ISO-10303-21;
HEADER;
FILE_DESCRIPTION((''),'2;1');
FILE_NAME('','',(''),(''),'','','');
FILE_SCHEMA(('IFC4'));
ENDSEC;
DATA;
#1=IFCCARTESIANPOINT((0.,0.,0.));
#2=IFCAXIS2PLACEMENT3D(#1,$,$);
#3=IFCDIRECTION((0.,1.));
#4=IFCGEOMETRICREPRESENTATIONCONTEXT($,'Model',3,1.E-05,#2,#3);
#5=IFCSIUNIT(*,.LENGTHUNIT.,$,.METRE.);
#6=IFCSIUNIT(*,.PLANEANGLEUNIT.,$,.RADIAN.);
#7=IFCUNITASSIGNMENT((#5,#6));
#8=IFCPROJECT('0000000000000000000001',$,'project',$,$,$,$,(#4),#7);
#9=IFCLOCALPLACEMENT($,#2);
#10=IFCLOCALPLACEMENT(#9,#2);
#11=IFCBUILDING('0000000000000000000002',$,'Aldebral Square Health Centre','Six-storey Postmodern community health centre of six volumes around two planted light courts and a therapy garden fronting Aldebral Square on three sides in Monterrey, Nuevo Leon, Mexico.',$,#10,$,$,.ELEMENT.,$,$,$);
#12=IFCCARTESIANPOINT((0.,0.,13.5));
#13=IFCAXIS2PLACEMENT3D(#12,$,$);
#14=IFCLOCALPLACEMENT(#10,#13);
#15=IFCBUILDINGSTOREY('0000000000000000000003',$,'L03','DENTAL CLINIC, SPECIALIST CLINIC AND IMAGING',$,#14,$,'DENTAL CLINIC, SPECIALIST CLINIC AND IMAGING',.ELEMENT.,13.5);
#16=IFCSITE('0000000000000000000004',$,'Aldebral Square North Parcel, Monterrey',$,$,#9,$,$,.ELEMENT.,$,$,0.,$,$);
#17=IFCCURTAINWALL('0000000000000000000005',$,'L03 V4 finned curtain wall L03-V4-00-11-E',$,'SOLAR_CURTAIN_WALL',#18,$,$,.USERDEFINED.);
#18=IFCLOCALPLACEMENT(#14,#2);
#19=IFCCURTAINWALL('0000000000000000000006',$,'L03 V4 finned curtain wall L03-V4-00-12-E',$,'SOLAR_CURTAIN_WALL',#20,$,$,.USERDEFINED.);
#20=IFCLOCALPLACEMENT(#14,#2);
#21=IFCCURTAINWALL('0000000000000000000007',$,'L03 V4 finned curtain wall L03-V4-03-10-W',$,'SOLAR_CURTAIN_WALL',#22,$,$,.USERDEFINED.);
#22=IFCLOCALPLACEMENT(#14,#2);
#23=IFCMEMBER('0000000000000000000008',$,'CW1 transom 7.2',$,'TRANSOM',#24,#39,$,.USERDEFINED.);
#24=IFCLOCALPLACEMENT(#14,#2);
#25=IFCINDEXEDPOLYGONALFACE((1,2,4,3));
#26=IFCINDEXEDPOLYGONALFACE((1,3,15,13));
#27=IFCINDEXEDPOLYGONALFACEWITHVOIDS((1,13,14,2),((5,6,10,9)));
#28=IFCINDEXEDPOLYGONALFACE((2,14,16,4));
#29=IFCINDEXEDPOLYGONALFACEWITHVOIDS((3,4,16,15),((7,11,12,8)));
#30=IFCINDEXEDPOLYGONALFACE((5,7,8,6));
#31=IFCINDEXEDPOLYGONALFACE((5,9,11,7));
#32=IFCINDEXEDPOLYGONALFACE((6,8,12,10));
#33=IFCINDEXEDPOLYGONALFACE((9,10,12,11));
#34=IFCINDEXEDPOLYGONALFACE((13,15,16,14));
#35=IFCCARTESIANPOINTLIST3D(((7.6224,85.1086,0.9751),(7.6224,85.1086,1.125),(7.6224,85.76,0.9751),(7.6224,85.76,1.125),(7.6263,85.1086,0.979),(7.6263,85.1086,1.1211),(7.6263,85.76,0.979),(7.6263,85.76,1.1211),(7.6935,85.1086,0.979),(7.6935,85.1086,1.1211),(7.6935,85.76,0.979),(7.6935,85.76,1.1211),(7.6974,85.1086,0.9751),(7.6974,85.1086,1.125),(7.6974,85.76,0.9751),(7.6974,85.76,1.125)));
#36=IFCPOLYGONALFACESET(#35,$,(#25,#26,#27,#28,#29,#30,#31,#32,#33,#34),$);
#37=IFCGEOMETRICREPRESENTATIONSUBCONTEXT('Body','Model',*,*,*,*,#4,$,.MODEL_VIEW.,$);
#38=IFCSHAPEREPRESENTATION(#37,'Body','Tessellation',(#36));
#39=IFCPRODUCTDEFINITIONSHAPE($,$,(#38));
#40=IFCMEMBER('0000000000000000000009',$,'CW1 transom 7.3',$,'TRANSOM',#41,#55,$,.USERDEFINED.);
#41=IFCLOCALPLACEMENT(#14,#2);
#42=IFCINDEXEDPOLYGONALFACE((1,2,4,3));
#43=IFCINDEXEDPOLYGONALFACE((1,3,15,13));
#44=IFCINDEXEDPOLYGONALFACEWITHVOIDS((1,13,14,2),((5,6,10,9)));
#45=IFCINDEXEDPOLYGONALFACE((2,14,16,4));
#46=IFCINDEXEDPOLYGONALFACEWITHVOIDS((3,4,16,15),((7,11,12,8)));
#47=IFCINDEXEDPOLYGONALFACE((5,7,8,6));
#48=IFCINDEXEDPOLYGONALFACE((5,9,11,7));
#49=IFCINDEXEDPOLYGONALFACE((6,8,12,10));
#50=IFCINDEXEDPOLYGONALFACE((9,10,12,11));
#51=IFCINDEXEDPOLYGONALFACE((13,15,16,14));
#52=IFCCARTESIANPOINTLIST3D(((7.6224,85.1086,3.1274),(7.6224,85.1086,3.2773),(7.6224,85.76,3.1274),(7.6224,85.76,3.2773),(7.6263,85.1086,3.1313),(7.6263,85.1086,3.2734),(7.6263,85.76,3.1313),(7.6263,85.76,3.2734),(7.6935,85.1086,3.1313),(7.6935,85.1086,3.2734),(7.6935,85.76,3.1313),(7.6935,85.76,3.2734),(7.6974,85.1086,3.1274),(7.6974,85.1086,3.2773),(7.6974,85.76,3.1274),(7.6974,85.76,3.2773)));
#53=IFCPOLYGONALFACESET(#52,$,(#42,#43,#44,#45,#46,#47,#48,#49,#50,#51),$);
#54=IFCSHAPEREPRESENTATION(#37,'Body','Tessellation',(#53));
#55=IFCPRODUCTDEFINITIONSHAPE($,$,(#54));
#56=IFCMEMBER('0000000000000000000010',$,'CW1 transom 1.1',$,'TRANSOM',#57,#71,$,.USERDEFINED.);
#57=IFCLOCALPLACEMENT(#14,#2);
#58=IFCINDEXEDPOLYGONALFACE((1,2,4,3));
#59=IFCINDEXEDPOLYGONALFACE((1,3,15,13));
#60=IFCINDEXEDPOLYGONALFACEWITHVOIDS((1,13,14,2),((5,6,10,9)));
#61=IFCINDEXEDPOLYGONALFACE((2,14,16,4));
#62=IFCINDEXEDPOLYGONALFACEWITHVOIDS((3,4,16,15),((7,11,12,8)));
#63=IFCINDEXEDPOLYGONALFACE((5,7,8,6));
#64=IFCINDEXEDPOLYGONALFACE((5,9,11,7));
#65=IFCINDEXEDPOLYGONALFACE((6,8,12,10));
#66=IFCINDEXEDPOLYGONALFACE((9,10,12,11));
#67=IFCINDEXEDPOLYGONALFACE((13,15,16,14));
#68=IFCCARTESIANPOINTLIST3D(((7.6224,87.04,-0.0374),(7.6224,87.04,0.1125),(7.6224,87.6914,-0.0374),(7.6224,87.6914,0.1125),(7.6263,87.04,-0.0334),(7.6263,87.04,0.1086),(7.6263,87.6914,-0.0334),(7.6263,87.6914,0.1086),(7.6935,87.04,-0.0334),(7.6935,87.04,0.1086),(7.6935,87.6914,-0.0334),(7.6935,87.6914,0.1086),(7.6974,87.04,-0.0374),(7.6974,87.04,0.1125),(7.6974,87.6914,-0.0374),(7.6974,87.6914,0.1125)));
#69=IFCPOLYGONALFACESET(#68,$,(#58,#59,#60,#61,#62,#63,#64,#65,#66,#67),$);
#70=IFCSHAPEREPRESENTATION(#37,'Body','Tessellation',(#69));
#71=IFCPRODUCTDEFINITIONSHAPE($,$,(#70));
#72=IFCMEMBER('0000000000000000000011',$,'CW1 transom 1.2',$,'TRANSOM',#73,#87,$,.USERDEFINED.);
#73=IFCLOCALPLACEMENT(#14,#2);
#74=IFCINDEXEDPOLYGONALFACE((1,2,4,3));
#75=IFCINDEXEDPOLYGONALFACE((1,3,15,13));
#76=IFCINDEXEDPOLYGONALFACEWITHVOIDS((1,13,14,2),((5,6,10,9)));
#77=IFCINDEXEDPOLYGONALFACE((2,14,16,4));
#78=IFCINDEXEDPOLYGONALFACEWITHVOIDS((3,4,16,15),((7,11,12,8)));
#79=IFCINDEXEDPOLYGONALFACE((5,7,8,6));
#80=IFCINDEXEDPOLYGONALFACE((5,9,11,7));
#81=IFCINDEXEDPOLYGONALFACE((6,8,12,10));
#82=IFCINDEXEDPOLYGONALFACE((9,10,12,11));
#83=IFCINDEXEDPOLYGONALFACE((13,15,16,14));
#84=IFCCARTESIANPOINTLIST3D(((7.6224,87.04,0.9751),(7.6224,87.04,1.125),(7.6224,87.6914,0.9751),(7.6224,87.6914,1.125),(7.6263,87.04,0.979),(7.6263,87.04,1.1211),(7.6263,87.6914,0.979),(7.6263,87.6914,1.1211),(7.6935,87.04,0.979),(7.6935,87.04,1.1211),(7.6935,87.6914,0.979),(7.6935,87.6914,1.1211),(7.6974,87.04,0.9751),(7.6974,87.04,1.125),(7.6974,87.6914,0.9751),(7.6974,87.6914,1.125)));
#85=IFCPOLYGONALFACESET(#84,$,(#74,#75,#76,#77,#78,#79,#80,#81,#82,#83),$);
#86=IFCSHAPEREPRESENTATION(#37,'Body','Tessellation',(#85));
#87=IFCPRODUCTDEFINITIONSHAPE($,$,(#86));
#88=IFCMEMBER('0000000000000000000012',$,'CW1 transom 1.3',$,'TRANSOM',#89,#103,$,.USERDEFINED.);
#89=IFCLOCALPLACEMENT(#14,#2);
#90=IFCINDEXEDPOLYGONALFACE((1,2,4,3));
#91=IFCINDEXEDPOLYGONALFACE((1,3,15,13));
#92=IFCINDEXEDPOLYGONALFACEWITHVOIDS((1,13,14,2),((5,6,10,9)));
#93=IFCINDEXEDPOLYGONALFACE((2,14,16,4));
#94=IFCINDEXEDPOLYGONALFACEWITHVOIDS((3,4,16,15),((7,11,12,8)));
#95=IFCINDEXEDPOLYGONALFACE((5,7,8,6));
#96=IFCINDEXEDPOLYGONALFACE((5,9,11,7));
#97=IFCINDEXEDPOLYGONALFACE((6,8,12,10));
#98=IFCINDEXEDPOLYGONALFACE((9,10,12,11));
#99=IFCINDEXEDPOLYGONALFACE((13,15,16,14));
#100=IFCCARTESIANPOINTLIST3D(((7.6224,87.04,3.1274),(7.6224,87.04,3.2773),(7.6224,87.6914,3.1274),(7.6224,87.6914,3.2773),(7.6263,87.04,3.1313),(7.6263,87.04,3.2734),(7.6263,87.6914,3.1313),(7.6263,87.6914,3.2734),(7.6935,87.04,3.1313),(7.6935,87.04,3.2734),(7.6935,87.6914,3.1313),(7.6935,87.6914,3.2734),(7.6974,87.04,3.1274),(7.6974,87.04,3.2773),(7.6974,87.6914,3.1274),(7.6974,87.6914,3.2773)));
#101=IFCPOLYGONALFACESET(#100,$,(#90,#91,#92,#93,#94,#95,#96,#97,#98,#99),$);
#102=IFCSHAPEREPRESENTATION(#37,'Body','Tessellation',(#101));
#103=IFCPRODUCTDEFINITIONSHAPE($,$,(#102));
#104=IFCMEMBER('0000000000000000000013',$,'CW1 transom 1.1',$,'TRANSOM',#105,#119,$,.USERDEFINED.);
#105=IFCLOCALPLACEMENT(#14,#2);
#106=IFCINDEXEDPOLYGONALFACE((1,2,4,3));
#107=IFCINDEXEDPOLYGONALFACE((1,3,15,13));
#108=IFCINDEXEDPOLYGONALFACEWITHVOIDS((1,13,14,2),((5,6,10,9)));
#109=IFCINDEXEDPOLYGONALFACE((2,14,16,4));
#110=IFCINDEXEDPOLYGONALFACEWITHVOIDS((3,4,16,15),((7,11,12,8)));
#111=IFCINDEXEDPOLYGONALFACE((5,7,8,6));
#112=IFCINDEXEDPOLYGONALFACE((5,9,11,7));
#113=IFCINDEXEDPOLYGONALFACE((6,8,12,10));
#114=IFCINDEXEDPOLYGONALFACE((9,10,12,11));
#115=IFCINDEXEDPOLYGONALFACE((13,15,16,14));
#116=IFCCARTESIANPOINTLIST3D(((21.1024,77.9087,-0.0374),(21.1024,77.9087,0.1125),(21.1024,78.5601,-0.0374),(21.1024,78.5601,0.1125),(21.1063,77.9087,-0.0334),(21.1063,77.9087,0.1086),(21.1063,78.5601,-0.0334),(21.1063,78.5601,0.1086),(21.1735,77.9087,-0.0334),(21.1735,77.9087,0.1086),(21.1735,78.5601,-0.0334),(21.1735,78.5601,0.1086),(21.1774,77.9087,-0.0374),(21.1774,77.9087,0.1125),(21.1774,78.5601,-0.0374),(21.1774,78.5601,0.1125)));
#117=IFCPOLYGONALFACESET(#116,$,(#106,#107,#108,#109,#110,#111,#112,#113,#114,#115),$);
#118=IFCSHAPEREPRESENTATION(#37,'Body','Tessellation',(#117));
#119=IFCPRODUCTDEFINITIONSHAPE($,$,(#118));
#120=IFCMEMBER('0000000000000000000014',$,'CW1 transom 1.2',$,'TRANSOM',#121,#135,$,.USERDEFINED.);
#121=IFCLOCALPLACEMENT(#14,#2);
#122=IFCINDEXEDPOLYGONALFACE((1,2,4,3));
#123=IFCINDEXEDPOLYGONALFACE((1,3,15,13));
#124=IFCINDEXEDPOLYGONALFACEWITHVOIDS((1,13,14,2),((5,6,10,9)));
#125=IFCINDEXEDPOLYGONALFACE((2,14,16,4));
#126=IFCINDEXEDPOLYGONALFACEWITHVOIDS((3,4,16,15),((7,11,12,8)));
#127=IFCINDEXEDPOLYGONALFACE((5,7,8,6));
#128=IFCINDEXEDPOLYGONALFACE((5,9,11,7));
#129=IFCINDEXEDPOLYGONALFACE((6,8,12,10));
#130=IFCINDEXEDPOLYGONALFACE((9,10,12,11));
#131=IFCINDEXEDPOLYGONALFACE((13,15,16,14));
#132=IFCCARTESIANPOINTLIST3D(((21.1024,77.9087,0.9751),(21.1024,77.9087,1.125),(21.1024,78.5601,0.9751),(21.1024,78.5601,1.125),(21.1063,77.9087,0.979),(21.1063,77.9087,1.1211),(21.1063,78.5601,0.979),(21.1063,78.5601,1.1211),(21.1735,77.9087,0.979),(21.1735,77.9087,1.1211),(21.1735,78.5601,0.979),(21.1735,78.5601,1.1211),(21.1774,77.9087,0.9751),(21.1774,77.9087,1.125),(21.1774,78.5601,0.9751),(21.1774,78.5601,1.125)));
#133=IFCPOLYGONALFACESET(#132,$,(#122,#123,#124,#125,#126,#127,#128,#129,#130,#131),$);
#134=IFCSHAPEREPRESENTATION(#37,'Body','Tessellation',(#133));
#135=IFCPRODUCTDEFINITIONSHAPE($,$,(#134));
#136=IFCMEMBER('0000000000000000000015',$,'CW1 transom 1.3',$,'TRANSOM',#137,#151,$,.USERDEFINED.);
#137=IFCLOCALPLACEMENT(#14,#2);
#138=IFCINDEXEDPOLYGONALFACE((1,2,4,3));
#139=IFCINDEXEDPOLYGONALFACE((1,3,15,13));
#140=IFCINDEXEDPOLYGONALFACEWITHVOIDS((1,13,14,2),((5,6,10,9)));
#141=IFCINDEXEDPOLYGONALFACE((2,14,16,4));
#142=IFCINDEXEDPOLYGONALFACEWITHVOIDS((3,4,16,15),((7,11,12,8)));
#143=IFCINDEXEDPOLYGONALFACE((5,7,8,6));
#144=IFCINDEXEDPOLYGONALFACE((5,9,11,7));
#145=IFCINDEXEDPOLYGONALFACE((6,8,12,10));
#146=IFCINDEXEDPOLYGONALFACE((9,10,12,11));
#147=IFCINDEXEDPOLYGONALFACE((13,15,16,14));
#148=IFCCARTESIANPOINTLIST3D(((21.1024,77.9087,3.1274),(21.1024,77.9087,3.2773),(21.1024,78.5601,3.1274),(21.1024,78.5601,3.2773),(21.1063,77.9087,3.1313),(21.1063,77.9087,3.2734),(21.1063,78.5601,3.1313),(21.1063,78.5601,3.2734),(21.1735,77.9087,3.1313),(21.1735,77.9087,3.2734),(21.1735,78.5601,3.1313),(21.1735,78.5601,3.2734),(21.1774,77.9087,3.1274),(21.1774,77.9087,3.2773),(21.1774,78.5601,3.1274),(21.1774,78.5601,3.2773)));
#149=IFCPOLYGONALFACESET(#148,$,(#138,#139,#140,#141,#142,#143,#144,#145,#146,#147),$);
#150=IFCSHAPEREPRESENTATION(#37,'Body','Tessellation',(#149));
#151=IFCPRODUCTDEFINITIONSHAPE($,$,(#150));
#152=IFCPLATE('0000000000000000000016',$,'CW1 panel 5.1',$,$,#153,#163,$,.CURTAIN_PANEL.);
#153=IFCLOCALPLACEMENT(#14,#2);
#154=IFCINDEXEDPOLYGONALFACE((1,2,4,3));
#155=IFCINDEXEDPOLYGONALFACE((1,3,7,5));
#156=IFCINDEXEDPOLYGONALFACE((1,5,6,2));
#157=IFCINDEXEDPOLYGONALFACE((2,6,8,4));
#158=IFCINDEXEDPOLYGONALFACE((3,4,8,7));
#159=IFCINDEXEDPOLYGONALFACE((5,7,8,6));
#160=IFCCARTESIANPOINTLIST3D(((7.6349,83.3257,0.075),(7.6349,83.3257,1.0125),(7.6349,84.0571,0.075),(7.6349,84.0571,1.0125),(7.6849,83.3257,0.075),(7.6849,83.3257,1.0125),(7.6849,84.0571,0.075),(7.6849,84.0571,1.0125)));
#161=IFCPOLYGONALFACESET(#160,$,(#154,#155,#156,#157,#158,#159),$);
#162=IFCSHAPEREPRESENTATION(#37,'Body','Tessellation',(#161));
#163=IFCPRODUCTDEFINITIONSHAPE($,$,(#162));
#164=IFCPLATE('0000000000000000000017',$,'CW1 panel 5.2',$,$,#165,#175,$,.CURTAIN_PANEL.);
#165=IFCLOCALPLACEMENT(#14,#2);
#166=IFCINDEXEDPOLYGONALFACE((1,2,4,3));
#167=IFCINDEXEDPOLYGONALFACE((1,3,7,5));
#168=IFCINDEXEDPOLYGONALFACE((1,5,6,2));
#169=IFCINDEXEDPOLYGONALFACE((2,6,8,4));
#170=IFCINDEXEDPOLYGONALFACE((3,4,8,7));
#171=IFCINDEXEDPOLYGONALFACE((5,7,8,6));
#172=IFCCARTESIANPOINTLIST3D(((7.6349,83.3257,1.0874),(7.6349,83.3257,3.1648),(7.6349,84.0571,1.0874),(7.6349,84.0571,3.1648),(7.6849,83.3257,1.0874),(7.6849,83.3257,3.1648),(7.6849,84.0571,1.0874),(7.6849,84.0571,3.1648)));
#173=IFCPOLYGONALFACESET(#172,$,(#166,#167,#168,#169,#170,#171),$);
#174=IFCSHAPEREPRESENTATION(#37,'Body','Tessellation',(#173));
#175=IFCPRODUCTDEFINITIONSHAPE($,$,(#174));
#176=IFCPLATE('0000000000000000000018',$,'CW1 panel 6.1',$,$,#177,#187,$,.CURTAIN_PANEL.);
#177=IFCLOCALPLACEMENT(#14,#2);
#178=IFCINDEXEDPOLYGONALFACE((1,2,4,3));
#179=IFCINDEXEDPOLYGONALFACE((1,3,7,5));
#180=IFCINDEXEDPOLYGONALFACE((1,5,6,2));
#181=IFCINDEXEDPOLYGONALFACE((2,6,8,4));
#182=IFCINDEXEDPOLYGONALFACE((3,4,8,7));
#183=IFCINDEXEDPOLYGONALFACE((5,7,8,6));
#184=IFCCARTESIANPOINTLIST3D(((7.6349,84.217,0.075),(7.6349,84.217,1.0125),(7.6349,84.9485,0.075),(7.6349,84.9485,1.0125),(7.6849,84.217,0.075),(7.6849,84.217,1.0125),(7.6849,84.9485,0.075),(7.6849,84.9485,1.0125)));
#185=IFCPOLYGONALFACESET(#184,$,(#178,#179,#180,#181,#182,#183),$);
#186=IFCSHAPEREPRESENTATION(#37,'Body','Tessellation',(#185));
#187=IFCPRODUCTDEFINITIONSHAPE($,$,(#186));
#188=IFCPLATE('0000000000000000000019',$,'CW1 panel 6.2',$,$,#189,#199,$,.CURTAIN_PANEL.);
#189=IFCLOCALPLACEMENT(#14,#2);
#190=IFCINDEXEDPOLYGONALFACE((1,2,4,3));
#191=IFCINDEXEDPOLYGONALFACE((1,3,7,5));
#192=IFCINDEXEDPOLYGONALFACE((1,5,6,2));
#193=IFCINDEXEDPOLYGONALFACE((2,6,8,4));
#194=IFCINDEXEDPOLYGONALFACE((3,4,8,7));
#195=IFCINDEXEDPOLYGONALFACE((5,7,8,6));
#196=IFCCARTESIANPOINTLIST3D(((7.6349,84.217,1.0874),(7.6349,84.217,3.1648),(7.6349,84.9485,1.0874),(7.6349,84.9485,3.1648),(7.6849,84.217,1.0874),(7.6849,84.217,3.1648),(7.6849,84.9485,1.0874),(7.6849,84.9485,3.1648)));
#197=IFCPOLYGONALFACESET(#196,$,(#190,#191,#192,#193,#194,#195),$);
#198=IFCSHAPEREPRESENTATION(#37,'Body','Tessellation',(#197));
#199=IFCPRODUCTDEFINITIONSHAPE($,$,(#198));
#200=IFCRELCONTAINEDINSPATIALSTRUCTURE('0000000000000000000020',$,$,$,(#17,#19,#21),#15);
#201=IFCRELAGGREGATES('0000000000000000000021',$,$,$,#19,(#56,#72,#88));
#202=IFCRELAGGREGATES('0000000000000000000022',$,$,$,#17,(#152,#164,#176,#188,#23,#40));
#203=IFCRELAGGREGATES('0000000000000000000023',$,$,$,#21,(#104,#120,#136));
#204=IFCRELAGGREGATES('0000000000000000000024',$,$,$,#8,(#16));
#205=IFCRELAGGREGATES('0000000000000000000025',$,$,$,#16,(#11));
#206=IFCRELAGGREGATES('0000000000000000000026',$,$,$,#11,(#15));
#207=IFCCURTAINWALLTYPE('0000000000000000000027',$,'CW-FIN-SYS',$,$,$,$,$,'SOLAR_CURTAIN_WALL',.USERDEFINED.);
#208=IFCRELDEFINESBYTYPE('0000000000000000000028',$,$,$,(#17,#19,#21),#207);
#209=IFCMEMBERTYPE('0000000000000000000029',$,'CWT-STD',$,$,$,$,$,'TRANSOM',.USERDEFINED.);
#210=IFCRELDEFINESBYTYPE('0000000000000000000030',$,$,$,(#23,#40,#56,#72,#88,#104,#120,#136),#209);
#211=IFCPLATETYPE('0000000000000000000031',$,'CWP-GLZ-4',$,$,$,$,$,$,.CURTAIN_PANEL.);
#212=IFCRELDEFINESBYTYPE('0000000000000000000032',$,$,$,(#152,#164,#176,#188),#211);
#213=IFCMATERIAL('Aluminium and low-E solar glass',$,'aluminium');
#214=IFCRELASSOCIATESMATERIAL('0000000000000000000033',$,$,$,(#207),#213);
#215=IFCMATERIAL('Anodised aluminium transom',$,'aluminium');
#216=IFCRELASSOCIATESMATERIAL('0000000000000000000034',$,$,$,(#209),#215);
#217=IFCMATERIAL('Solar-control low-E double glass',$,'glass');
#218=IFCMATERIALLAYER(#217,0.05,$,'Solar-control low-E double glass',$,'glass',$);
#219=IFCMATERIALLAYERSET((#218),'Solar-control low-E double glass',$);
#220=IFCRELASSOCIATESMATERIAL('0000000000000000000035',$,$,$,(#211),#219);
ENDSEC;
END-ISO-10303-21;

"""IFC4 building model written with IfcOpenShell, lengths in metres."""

from ifc_helpers import new_model, si_unit, direction, frame, origin, origin_2d, place, context, subcontext, project, spatial, rectangle, hollow_rectangle, extrude, material, layer, layer_set, material_profile, profile_set, type_object, element, aggregate, save


model = new_model("IFC4")

# Units and contexts
model_context = context("Model", 3, precision=1e-05, world=origin(), true_north=direction((0.0, 1.0)))
body_context = subcontext(model_context, "Body", "Model", "MODEL_VIEW")
ifc_project = project(units=[si_unit("LENGTHUNIT", "METRE"), si_unit("PLANEANGLEUNIT", "RADIAN")], contexts=[model_context])

# Site, building, storey
site_placement = place(None, origin())
site = spatial("IfcSite", under=ifc_project, at=site_placement, Name="Aldebral Square North Parcel, Monterrey", CompositionType="ELEMENT", RefElevation=0.0)
building_placement = place(site_placement, origin())
building = spatial("IfcBuilding", under=site, at=building_placement, Name="Aldebral Square Health Centre", Description="Six-storey Postmodern community health centre of six volumes around two planted light courts and a therapy garden fronting Aldebral Square on three sides in Monterrey, Nuevo Leon, Mexico.", CompositionType="ELEMENT")
storey_placement = place(building_placement, frame((0.0, 0.0, 13.5)))
storey = spatial("IfcBuildingStorey", under=building, at=storey_placement, Name="L03", Description="DENTAL CLINIC, SPECIALIST CLINIC AND IMAGING", LongName="DENTAL CLINIC, SPECIALIST CLINIC AND IMAGING", CompositionType="ELEMENT", Elevation=13.5)

# Curtain wall
ifc_material_1 = material(Name="Aluminium and low-E solar glass", Category="aluminium")
curtain_wall_type = type_object("IfcCurtainWallType", Name="CW-FIN-SYS", ElementType="SOLAR_CURTAIN_WALL", PredefinedType="USERDEFINED", material=ifc_material_1)
curtain_wall_1_placement = place(storey_placement, origin())
curtain_wall_1 = element("IfcCurtainWall", 1, at=curtain_wall_1_placement, inside=storey, type_object=curtain_wall_type, Name="L03 V4 finned curtain wall L03-V4-00-11-E", ObjectType="SOLAR_CURTAIN_WALL", PredefinedType="USERDEFINED")

# Curtain walls
curtain_wall_2_placement = place(storey_placement, origin())
curtain_wall_2 = element("IfcCurtainWall", 2, at=curtain_wall_2_placement, inside=storey, type_object=curtain_wall_type, Name="L03 V4 finned curtain wall L03-V4-00-12-E", ObjectType="SOLAR_CURTAIN_WALL", PredefinedType="USERDEFINED")
curtain_wall_3_placement = place(storey_placement, origin())
curtain_wall_3 = element("IfcCurtainWall", 3, at=curtain_wall_3_placement, inside=storey, type_object=curtain_wall_type, Name="L03 V4 finned curtain wall L03-V4-03-10-W", ObjectType="SOLAR_CURTAIN_WALL", PredefinedType="USERDEFINED")

# Members
ifc_material_2 = material(Name="Anodised aluminium transom", Category="aluminium")
ifc_material_profile_1 = material_profile(ifc_material_2, hollow_rectangle(XDim=0.075, YDim=0.1499, WallThickness=0.0039, at=origin_2d()), Name="CWT 75x150x4")
ifc_profile_set_1 = profile_set([ifc_material_profile_1], Name="Anodised aluminium transom")
member_type_1 = type_object("IfcMemberType", Name="CWT-STD", ElementType="TRANSOM", PredefinedType="USERDEFINED", material=ifc_profile_set_1)
member_1_placement = place(storey_placement, frame((7.6599, 85.1086, 1.05), z_axis=(0.0, 1.0, 0.0), x_axis=(-1.0, 0.0, 0.0)))
member_1 = element("IfcMember", 4, at=member_1_placement, type_object=member_type_1, Name="CW1 transom 7.2", ObjectType="TRANSOM", PredefinedType="USERDEFINED", context=body_context, shape_type="SweptSolid", body=[
    extrude(hollow_rectangle(XDim=0.075, YDim=0.1499, WallThickness=0.0039, at=origin_2d()), origin(), (0.0, 0.0, 1.0), 0.6514),
])
member_2_placement = place(storey_placement, frame((7.6599, 85.1086, 3.2024), z_axis=(0.0, 1.0, 0.0), x_axis=(-1.0, 0.0, 0.0)))
member_2 = element("IfcMember", 5, at=member_2_placement, type_object=member_type_1, Name="CW1 transom 7.3", ObjectType="TRANSOM", PredefinedType="USERDEFINED", context=body_context, shape_type="SweptSolid", body=[
    extrude(hollow_rectangle(XDim=0.075, YDim=0.1499, WallThickness=0.0039, at=origin_2d()), origin(), (0.0, 0.0, 1.0), 0.6514),
])
member_3_placement = place(storey_placement, frame((7.6599, 87.04, 0.0376), z_axis=(0.0, 1.0, 0.0), x_axis=(-1.0, 0.0, 0.0)))
member_3 = element("IfcMember", 6, at=member_3_placement, type_object=member_type_1, Name="CW1 transom 1.1", ObjectType="TRANSOM", PredefinedType="USERDEFINED", context=body_context, shape_type="SweptSolid", body=[
    extrude(hollow_rectangle(XDim=0.075, YDim=0.1499, WallThickness=0.0039, at=origin_2d()), origin(), (0.0, 0.0, 1.0), 0.6514),
])
member_4_placement = place(storey_placement, frame((7.6599, 87.04, 1.05), z_axis=(0.0, 1.0, 0.0), x_axis=(-1.0, 0.0, 0.0)))
member_4 = element("IfcMember", 7, at=member_4_placement, type_object=member_type_1, Name="CW1 transom 1.2", ObjectType="TRANSOM", PredefinedType="USERDEFINED", context=body_context, shape_type="SweptSolid", body=[
    extrude(hollow_rectangle(XDim=0.075, YDim=0.1499, WallThickness=0.0039, at=origin_2d()), origin(), (0.0, 0.0, 1.0), 0.6514),
])
member_5_placement = place(storey_placement, frame((7.6599, 87.04, 3.2024), z_axis=(0.0, 1.0, 0.0), x_axis=(-1.0, 0.0, 0.0)))
member_5 = element("IfcMember", 8, at=member_5_placement, type_object=member_type_1, Name="CW1 transom 1.3", ObjectType="TRANSOM", PredefinedType="USERDEFINED", context=body_context, shape_type="SweptSolid", body=[
    extrude(hollow_rectangle(XDim=0.075, YDim=0.1499, WallThickness=0.0039, at=origin_2d()), origin(), (0.0, 0.0, 1.0), 0.6514),
])
aggregate(curtain_wall_2, [member_3, member_4, member_5])
member_6_placement = place(storey_placement, frame((21.1399, 78.5601, 0.0376), z_axis=(0.0, -1.0, 0.0), x_axis=(1.0, 0.0, 0.0)))
member_6 = element("IfcMember", 9, at=member_6_placement, type_object=member_type_1, Name="CW1 transom 1.1", ObjectType="TRANSOM", PredefinedType="USERDEFINED", context=body_context, shape_type="SweptSolid", body=[
    extrude(hollow_rectangle(XDim=0.075, YDim=0.1499, WallThickness=0.0039, at=origin_2d()), origin(), (0.0, 0.0, 1.0), 0.6514),
])
member_7_placement = place(storey_placement, frame((21.1399, 78.5601, 1.05), z_axis=(0.0, -1.0, 0.0), x_axis=(1.0, 0.0, 0.0)))
member_7 = element("IfcMember", 10, at=member_7_placement, type_object=member_type_1, Name="CW1 transom 1.2", ObjectType="TRANSOM", PredefinedType="USERDEFINED", context=body_context, shape_type="SweptSolid", body=[
    extrude(hollow_rectangle(XDim=0.075, YDim=0.1499, WallThickness=0.0039, at=origin_2d()), origin(), (0.0, 0.0, 1.0), 0.6514),
])
member_8_placement = place(storey_placement, frame((21.1399, 78.5601, 3.2024), z_axis=(0.0, -1.0, 0.0), x_axis=(1.0, 0.0, 0.0)))
member_8 = element("IfcMember", 11, at=member_8_placement, type_object=member_type_1, Name="CW1 transom 1.3", ObjectType="TRANSOM", PredefinedType="USERDEFINED", context=body_context, shape_type="SweptSolid", body=[
    extrude(hollow_rectangle(XDim=0.075, YDim=0.1499, WallThickness=0.0039, at=origin_2d()), origin(), (0.0, 0.0, 1.0), 0.6514),
])

# Plates
ifc_material_3 = material(Name="Solar-control low-E double glass", Category="glass")
ifc_layer = layer(ifc_material_3, 0.05, Name="Solar-control low-E double glass", Category="glass")
ifc_layer_set = layer_set([ifc_layer], Name="Solar-control low-E double glass")
plate_type = type_object("IfcPlateType", Name="CWP-GLZ-4", PredefinedType="CURTAIN_PANEL", material=ifc_layer_set)
plate_1_placement = place(storey_placement, frame((7.6599, 83.6914, 0.075), z_axis=(0.0, 0.0, 1.0), x_axis=(0.0, 1.0, 0.0)))
plate_1 = element("IfcPlate", 12, at=plate_1_placement, type_object=plate_type, Name="CW1 panel 5.1", PredefinedType="CURTAIN_PANEL", context=body_context, shape_type="SweptSolid", body=[
    extrude(rectangle(XDim=0.7314, YDim=0.05, at=origin_2d()), origin(), (0.0, 0.0, 1.0), 0.9375),
])
plate_2_placement = place(storey_placement, frame((7.6599, 83.6914, 1.0874), z_axis=(0.0, 0.0, 1.0), x_axis=(0.0, 1.0, 0.0)))
plate_2 = element("IfcPlate", 13, at=plate_2_placement, type_object=plate_type, Name="CW1 panel 5.2", PredefinedType="CURTAIN_PANEL", context=body_context, shape_type="SweptSolid", body=[
    extrude(rectangle(XDim=0.7314, YDim=0.05, at=origin_2d()), origin(), (0.0, 0.0, 1.0), 2.0774),
])
plate_3_placement = place(storey_placement, frame((7.6599, 84.5828, 0.075), z_axis=(0.0, 0.0, 1.0), x_axis=(0.0, 1.0, 0.0)))
plate_3 = element("IfcPlate", 14, at=plate_3_placement, type_object=plate_type, Name="CW1 panel 6.1", PredefinedType="CURTAIN_PANEL", context=body_context, shape_type="SweptSolid", body=[
    extrude(rectangle(XDim=0.7314, YDim=0.05, at=origin_2d()), origin(), (0.0, 0.0, 1.0), 0.9375),
])
plate_4_placement = place(storey_placement, frame((7.6599, 84.5828, 1.0874), z_axis=(0.0, 0.0, 1.0), x_axis=(0.0, 1.0, 0.0)))
plate_4 = element("IfcPlate", 15, at=plate_4_placement, type_object=plate_type, Name="CW1 panel 6.2", PredefinedType="CURTAIN_PANEL", context=body_context, shape_type="SweptSolid", body=[
    extrude(rectangle(XDim=0.7314, YDim=0.05, at=origin_2d()), origin(), (0.0, 0.0, 1.0), 2.0774),
])
aggregate(curtain_wall_1, [plate_1, plate_2, plate_3, plate_4, member_1, member_2])
aggregate(curtain_wall_3, [member_6, member_7, member_8])

save(model, "model.ifc")
